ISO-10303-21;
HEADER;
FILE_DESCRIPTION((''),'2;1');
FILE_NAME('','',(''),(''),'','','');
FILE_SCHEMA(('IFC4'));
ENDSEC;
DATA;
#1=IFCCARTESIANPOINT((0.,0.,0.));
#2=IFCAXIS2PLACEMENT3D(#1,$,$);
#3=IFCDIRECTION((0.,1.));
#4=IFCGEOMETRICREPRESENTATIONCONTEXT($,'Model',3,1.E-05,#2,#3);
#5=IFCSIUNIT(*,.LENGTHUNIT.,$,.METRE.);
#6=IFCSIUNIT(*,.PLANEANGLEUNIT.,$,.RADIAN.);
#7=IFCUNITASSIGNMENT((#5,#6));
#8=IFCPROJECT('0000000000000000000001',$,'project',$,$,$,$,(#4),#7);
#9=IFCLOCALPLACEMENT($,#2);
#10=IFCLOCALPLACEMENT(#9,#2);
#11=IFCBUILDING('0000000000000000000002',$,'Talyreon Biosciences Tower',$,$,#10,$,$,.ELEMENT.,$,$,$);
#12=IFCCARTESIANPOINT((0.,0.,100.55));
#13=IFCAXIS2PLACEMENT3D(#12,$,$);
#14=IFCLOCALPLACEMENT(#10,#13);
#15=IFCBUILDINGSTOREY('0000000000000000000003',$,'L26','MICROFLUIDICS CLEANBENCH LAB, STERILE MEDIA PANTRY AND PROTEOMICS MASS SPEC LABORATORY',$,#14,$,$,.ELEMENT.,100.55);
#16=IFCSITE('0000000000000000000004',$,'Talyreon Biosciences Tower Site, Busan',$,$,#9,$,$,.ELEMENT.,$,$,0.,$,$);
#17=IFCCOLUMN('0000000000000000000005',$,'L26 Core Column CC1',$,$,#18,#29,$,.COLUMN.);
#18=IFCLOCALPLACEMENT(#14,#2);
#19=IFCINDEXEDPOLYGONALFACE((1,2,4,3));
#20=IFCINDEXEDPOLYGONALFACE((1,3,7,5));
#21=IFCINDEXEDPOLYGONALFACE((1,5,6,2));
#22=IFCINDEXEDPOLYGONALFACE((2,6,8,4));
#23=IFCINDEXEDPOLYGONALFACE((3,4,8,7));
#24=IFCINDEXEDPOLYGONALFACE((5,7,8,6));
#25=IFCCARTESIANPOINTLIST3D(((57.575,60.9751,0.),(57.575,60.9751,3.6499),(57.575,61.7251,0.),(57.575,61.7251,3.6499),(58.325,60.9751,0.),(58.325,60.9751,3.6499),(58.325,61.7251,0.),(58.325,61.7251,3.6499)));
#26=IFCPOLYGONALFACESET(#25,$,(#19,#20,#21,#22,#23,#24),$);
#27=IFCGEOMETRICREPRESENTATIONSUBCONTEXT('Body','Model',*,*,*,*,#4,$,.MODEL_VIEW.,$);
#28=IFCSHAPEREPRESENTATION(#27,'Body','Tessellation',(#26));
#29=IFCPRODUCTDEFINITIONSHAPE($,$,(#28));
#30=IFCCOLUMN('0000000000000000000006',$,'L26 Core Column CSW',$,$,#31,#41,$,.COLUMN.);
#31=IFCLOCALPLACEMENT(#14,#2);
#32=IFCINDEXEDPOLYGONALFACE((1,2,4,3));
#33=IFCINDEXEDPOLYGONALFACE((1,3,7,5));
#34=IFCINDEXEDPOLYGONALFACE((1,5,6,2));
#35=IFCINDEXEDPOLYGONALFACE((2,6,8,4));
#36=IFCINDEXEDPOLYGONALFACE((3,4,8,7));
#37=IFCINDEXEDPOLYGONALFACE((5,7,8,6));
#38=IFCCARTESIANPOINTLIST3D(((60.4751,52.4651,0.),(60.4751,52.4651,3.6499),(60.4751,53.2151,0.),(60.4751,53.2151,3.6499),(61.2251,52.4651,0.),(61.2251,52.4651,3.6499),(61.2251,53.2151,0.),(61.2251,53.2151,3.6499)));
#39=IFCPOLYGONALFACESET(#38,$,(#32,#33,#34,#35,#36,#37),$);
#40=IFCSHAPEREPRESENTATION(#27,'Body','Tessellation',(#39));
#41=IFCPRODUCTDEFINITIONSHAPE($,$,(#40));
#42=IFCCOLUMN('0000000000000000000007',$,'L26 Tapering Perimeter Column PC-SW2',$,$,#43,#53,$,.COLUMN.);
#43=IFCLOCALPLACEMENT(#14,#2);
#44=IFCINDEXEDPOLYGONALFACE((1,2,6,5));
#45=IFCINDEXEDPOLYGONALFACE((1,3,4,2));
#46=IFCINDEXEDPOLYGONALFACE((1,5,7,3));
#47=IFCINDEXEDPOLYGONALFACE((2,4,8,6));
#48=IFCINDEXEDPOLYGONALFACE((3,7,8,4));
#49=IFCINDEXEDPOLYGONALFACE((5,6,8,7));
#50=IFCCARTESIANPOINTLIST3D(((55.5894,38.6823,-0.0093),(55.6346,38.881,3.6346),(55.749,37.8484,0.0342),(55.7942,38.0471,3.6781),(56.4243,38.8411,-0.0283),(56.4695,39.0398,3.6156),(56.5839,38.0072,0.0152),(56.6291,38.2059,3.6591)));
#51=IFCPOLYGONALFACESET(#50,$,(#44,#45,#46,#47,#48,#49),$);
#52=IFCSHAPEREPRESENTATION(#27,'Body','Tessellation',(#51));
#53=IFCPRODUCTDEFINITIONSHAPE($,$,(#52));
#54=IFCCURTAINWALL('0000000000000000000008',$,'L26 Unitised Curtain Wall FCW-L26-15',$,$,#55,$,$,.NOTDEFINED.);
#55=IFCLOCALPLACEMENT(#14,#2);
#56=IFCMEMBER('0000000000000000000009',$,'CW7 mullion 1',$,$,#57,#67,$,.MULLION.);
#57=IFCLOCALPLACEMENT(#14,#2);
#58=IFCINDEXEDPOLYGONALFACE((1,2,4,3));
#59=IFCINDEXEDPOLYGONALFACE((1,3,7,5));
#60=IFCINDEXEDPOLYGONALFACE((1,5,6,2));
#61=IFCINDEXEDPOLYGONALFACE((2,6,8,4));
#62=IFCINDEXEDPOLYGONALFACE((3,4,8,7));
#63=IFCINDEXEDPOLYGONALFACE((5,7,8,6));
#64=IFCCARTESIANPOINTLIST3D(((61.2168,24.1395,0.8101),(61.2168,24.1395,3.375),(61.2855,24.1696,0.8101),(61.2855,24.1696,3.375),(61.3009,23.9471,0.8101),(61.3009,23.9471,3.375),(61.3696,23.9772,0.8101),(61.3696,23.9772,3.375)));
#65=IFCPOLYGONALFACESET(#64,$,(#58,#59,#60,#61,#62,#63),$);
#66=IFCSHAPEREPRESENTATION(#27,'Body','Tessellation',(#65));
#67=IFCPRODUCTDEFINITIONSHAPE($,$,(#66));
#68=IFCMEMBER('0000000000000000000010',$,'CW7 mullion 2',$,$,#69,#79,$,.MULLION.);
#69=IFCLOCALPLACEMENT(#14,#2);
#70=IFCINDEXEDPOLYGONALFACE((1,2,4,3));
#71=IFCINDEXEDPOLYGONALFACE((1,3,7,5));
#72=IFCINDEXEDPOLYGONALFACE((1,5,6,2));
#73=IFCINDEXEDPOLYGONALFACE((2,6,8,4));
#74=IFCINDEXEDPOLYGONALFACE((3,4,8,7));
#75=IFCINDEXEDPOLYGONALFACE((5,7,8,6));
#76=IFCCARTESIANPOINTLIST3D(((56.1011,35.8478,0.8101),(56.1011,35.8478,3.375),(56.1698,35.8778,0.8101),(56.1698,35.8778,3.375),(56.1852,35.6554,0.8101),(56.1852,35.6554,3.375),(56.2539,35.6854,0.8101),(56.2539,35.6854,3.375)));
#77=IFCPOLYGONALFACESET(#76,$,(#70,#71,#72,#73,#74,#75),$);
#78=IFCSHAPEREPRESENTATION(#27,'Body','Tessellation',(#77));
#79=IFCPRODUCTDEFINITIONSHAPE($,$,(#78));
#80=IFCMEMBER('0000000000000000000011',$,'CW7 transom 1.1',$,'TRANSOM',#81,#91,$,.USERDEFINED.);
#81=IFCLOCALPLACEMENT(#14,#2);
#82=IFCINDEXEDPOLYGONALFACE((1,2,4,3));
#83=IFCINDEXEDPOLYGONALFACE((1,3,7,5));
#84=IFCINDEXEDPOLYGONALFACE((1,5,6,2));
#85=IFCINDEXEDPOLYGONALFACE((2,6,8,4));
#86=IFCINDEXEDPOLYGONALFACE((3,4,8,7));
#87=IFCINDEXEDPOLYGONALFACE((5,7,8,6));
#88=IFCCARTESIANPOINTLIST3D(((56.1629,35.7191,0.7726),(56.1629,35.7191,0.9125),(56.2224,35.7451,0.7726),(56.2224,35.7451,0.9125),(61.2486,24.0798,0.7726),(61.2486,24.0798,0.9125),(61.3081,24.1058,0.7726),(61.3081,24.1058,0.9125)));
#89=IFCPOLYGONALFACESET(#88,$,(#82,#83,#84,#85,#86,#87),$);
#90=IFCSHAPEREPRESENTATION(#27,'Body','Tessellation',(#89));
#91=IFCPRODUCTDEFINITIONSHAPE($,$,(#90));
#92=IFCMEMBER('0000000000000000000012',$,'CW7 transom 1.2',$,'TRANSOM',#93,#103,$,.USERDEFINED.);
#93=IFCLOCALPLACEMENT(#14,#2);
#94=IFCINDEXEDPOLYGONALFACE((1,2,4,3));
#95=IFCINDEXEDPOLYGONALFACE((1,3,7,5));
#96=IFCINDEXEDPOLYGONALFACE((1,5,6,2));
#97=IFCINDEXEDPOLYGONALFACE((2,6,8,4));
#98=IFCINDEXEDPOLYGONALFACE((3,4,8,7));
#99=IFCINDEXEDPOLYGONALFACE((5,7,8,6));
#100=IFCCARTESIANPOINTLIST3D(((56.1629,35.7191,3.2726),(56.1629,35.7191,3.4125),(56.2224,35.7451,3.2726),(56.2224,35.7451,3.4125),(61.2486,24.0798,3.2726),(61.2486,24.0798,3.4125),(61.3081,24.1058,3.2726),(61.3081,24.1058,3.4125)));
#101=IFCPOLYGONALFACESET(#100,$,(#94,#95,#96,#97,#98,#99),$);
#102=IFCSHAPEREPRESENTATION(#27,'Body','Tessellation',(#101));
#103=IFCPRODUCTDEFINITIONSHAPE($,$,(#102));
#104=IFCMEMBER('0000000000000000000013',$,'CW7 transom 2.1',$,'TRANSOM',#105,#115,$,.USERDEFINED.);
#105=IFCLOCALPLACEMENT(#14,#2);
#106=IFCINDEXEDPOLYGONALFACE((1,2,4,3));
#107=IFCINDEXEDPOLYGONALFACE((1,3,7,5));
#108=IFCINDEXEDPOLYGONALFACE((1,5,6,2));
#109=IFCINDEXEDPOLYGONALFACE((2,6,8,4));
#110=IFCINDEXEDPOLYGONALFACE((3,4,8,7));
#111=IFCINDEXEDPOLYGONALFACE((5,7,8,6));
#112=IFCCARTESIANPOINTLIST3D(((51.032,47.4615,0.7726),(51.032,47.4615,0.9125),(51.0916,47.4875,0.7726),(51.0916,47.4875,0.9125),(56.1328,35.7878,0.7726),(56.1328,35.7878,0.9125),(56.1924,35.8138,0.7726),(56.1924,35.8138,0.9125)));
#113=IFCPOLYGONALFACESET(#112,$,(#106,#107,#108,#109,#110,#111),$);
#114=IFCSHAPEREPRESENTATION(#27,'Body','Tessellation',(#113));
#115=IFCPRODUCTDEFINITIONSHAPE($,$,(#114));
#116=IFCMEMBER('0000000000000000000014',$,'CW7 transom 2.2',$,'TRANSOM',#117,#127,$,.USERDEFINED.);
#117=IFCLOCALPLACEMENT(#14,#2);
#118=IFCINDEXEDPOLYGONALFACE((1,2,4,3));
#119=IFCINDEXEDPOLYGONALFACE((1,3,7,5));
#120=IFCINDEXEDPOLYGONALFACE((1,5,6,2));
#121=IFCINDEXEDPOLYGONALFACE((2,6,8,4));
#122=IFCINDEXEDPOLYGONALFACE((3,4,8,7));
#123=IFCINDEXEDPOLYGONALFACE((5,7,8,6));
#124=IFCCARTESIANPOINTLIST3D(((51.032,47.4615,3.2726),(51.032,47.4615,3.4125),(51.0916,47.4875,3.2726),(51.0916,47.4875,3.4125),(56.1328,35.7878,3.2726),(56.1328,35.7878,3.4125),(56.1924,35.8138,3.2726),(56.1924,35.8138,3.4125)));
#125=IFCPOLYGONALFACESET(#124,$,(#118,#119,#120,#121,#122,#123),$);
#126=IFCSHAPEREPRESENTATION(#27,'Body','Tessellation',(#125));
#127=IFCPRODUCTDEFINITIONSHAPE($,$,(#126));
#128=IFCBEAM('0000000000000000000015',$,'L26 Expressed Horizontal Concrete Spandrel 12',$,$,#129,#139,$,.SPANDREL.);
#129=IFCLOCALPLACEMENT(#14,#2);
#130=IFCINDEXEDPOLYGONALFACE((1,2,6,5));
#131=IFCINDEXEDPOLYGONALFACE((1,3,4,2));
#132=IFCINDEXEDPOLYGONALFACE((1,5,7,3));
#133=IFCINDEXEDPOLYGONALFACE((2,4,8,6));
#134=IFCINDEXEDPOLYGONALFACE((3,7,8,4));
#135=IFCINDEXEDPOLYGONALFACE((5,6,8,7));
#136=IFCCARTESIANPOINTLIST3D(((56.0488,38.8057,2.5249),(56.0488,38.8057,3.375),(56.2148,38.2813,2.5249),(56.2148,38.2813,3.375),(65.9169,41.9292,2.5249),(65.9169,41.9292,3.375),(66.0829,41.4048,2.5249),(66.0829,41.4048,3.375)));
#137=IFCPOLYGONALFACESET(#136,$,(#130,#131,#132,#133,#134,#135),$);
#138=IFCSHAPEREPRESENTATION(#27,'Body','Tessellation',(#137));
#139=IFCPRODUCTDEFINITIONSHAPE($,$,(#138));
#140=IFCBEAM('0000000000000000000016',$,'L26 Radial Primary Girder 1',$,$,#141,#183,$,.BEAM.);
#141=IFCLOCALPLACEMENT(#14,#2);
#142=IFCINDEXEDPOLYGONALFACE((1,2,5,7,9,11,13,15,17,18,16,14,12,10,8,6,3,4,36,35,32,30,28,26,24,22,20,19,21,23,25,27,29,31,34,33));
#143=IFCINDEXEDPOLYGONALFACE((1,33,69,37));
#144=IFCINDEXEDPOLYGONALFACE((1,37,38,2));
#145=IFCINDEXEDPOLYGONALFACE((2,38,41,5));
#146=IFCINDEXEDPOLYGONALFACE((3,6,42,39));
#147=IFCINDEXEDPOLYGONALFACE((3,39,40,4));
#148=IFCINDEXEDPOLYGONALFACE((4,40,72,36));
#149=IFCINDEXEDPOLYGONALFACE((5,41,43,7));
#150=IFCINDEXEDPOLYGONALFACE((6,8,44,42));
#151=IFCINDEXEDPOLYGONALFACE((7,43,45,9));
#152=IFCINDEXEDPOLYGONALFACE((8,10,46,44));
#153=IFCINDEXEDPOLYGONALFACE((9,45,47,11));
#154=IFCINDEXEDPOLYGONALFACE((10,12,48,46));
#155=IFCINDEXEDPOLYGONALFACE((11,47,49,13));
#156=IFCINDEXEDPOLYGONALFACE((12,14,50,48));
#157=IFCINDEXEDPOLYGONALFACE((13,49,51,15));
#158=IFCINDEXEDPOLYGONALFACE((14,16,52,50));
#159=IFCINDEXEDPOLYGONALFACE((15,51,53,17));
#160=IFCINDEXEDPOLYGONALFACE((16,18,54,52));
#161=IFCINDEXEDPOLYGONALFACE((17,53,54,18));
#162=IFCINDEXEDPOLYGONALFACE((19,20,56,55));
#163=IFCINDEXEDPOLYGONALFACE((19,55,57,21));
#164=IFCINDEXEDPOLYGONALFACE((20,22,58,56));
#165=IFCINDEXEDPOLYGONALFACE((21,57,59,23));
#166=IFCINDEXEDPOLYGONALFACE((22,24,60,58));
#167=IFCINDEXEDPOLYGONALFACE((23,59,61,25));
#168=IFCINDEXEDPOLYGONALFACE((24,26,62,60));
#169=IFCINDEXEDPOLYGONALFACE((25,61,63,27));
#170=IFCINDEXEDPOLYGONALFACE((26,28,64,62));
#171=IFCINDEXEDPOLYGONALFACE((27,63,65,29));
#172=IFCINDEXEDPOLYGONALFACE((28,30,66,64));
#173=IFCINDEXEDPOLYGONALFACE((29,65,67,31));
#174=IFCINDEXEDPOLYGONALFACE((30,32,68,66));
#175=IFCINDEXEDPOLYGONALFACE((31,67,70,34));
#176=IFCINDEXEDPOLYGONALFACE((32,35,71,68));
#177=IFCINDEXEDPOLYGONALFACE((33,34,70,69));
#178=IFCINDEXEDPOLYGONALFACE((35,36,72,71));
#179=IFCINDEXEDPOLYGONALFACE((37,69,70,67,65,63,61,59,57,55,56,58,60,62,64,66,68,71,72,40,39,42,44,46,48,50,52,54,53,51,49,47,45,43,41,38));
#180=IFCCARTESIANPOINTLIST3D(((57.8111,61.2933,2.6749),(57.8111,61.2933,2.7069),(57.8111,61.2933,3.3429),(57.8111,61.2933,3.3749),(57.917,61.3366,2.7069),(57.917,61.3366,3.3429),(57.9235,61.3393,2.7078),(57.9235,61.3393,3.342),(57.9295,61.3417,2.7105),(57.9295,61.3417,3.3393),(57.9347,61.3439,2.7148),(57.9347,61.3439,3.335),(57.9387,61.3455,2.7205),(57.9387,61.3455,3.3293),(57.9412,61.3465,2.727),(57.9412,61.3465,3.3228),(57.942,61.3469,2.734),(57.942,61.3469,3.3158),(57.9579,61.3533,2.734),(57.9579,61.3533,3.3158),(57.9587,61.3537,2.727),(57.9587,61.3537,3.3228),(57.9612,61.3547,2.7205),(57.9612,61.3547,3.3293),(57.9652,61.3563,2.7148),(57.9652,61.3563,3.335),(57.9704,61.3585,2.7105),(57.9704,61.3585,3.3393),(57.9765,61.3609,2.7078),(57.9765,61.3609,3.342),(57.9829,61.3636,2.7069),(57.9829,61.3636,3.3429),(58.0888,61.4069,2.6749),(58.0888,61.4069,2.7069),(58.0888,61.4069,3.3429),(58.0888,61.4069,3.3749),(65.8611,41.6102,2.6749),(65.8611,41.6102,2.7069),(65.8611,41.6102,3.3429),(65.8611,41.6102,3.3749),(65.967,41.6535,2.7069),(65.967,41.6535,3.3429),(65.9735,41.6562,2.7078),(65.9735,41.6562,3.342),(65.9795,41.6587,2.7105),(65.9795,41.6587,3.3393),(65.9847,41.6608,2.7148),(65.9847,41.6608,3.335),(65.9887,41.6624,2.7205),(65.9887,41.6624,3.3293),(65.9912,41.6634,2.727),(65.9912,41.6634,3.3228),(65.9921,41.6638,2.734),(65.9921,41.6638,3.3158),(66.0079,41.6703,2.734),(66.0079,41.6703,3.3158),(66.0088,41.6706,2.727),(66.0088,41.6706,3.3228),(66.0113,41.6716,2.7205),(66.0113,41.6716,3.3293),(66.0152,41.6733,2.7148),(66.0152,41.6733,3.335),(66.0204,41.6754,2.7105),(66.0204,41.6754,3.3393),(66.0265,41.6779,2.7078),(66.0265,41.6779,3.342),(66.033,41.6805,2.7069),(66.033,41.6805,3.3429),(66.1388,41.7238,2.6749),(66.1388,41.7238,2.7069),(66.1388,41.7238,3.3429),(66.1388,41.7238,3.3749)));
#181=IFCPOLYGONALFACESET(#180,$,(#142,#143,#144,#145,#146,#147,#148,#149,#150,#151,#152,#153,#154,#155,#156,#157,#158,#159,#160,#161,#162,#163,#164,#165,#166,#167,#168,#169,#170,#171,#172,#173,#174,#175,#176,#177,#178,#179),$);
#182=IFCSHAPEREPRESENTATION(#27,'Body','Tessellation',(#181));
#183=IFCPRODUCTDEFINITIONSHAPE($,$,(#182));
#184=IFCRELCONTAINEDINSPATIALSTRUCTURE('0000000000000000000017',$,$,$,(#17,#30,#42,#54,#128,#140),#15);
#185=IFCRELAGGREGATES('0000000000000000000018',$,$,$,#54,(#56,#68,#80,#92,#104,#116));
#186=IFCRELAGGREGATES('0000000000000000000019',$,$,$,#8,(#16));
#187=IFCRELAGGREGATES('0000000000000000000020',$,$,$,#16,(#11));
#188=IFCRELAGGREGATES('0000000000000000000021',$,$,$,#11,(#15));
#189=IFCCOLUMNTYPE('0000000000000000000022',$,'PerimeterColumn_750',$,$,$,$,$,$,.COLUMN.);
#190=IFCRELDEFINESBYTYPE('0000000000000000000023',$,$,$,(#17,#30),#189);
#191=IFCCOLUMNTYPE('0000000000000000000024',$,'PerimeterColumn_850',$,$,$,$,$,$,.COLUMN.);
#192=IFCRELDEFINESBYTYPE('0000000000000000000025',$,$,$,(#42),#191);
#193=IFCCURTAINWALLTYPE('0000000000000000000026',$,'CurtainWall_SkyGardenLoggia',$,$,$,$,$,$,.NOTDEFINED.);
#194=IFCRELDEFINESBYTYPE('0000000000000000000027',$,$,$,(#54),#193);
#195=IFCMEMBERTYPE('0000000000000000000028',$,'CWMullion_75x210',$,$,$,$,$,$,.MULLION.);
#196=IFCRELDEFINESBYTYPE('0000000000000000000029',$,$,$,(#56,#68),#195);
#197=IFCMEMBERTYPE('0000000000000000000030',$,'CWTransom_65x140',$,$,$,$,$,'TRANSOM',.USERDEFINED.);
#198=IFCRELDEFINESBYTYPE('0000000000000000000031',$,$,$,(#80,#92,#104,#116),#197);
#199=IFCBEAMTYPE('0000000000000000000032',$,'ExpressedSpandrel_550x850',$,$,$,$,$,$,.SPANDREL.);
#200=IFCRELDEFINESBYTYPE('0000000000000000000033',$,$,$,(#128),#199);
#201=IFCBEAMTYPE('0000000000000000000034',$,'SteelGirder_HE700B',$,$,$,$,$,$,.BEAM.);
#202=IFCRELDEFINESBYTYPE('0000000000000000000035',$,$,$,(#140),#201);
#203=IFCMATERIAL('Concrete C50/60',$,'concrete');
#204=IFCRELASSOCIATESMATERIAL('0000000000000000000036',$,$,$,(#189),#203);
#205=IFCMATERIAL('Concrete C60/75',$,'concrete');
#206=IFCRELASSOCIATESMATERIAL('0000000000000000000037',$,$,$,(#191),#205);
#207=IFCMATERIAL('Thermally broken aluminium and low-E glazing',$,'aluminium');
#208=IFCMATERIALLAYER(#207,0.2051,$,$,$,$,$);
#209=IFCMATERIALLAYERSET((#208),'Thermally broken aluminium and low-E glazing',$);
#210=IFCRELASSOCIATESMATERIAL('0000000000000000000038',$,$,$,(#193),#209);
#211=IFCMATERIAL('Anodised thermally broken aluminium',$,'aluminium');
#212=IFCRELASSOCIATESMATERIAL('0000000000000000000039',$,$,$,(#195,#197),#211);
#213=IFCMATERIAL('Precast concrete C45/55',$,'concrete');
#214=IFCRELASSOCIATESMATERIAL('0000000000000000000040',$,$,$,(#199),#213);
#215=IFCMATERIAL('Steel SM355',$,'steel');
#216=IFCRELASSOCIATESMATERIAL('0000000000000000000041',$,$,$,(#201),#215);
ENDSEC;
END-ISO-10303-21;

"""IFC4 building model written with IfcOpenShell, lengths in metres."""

from ifc_helpers import new_model, si_unit, direction, frame, origin, origin_2d, place, context, subcontext, project, spatial, rectangle, i_section, extrude, material, layer, layer_set, material_profile, profile_set, type_object, element, aggregate, save


model = new_model("IFC4")

# Units and contexts
model_context = context("Model", 3, precision=1e-05, world=origin(), true_north=direction((0.0, 1.0)))
body_context = subcontext(model_context, "Body", "Model", "MODEL_VIEW")
ifc_project = project(units=[si_unit("LENGTHUNIT", "METRE"), si_unit("PLANEANGLEUNIT", "RADIAN")], contexts=[model_context])

# Site, building, storey
site_placement = place(None, origin())
site = spatial("IfcSite", under=ifc_project, at=site_placement, Name="Talyreon Biosciences Tower Site, Busan", CompositionType="ELEMENT", RefElevation=0.0)
building_placement = place(site_placement, origin())
building = spatial("IfcBuilding", under=site, at=building_placement, Name="Talyreon Biosciences Tower", CompositionType="ELEMENT")
storey_placement = place(building_placement, frame((0.0, 0.0, 100.55)))
storey = spatial("IfcBuildingStorey", under=building, at=storey_placement, Name="L26", Description="MICROFLUIDICS CLEANBENCH LAB, STERILE MEDIA PANTRY AND PROTEOMICS MASS SPEC LABORATORY", CompositionType="ELEMENT", Elevation=100.55)

# Columns
ifc_material_1 = material(Name="Concrete C50/60", Category="concrete")
ifc_material_profile_1 = material_profile(ifc_material_1, rectangle(XDim=0.75, YDim=0.75, at=origin_2d()), Name="RC 750x750")
ifc_profile_set_1 = profile_set([ifc_material_profile_1], Name="Concrete C50/60")
column_type_1 = type_object("IfcColumnType", Name="PerimeterColumn_750", PredefinedType="COLUMN", material=ifc_profile_set_1)
for number, where, z_axis, x_axis, name in (
    (1, (57.95, 61.3501, 0.0), (0.0, 0.0, 1.0), (1.0, 0.0, 0.0), "L26 Core Column CC1"),
    (2, (60.8501, 52.8401, 0.0), (0.0, 0.0, 1.0), (1.0, 0.0, 0.0), "L26 Core Column CSW"),
):
    element("IfcColumn", number, at=place(storey_placement, frame(where, z_axis=z_axis, x_axis=x_axis)), inside=storey, type_object=column_type_1, Name=name, PredefinedType="COLUMN", context=body_context, shape_type="SweptSolid", body=[
        extrude(rectangle(XDim=0.75, YDim=0.75, at=origin_2d()), origin(), (0.0, 0.0, 1.0), 3.6499),
    ])
ifc_material_2 = material(Name="Concrete C60/75", Category="concrete")
ifc_material_profile_2 = material_profile(ifc_material_2, rectangle(XDim=0.8501, YDim=0.8501, at=origin_2d()), Name="RC 850x850")
ifc_profile_set_2 = profile_set([ifc_material_profile_2], Name="Concrete C60/75")
column_type_2 = type_object("IfcColumnType", Name="PerimeterColumn_850", PredefinedType="COLUMN", material=ifc_profile_set_2)
column_placement = place(storey_placement, frame((56.0867, 38.3447, 0.0029), z_axis=(0.012375, 0.054451, 0.99844), x_axis=(-0.187728, 0.980887, -0.051167)))
element("IfcColumn", 3, at=column_placement, inside=storey, type_object=column_type_2, Name="L26 Tapering Perimeter Column PC-SW2", PredefinedType="COLUMN", context=body_context, shape_type="SweptSolid", body=[
    extrude(rectangle(XDim=0.8501, YDim=0.8501, at=origin_2d()), origin(), (0.0, 0.0, 1.0), 3.6497),
])

# Curtain wall, members
ifc_material_3 = material(Name="Thermally broken aluminium and low-E glazing", Category="aluminium")
ifc_layer_1 = layer(ifc_material_3, 0.2051)
ifc_layer_set_1 = layer_set([ifc_layer_1], Name="Thermally broken aluminium and low-E glazing")
curtain_wall_type = type_object("IfcCurtainWallType", Name="CurtainWall_SkyGardenLoggia", PredefinedType="NOTDEFINED", material=ifc_layer_set_1)
curtain_wall_placement = place(storey_placement, origin())
curtain_wall = element("IfcCurtainWall", 4, at=curtain_wall_placement, inside=storey, type_object=curtain_wall_type, Name="L26 Unitised Curtain Wall FCW-L26-15", PredefinedType="NOTDEFINED")
ifc_material_4 = material(Name="Anodised thermally broken aluminium", Category="aluminium")
ifc_material_profile_3 = material_profile(ifc_material_4, rectangle(XDim=0.075, YDim=0.21, at=origin_2d()), Name="ALUM MULLION 75x210")
ifc_profile_set_3 = profile_set([ifc_material_profile_3], Name="Anodised thermally broken aluminium")
member_type_1 = type_object("IfcMemberType", Name="CWMullion_75x210", PredefinedType="MULLION", material=ifc_profile_set_3)
member_1_placement = place(storey_placement, frame((61.2932, 24.0583, 0.8101), z_axis=(0.0, 0.0, 1.0), x_axis=(-0.916346, -0.400387, 0.0)))
member_1 = element("IfcMember", 5, at=member_1_placement, type_object=member_type_1, Name="CW7 mullion 1", PredefinedType="MULLION", context=body_context, shape_type="SweptSolid", body=[
    extrude(rectangle(XDim=0.075, YDim=0.21, at=origin_2d()), origin(), (0.0, 0.0, 1.0), 2.5649),
])
member_2_placement = place(storey_placement, frame((56.1775, 35.7666, 0.8101), z_axis=(0.0, 0.0, 1.0), x_axis=(-0.916346, -0.400387, 0.0)))
member_2 = element("IfcMember", 6, at=member_2_placement, type_object=member_type_1, Name="CW7 mullion 2", PredefinedType="MULLION", context=body_context, shape_type="SweptSolid", body=[
    extrude(rectangle(XDim=0.075, YDim=0.21, at=origin_2d()), origin(), (0.0, 0.0, 1.0), 2.5649),
])
ifc_material_profile_4 = material_profile(ifc_material_4, rectangle(XDim=0.0649, YDim=0.1399, at=origin_2d()), Name="ALUM TRANSOM 65x140")
ifc_profile_set_4 = profile_set([ifc_material_profile_4], Name="Anodised thermally broken aluminium")
member_type_2 = type_object("IfcMemberType", Name="CWTransom_65x140", ElementType="TRANSOM", PredefinedType="USERDEFINED", material=ifc_profile_set_4)
member_3_placement = place(storey_placement, frame((61.2783, 24.0928, 0.8425), z_axis=(-0.400386, 0.916346, 0.0), x_axis=(-0.916346, -0.400386, 0.0)))
member_3 = element("IfcMember", 7, at=member_3_placement, type_object=member_type_2, Name="CW7 transom 1.1", ObjectType="TRANSOM", PredefinedType="USERDEFINED", context=body_context, shape_type="SweptSolid", body=[
    extrude(rectangle(XDim=0.0649, YDim=0.1399, at=origin_2d()), origin(), (0.0, 0.0, 1.0), 12.7019),
])
member_4_placement = place(storey_placement, frame((61.2783, 24.0928, 3.3425), z_axis=(-0.400386, 0.916346, 0.0), x_axis=(-0.916346, -0.400386, 0.0)))
member_4 = element("IfcMember", 8, at=member_4_placement, type_object=member_type_2, Name="CW7 transom 1.2", ObjectType="TRANSOM", PredefinedType="USERDEFINED", context=body_context, shape_type="SweptSolid", body=[
    extrude(rectangle(XDim=0.0649, YDim=0.1399, at=origin_2d()), origin(), (0.0, 0.0, 1.0), 12.7019),
])
member_5_placement = place(storey_placement, frame((56.1626, 35.8008, 0.8425), z_axis=(-0.400393, 0.916344, 0.0), x_axis=(-0.916344, -0.400393, 0.0)))
member_5 = element("IfcMember", 9, at=member_5_placement, type_object=member_type_2, Name="CW7 transom 2.1", ObjectType="TRANSOM", PredefinedType="USERDEFINED", context=body_context, shape_type="SweptSolid", body=[
    extrude(rectangle(XDim=0.0649, YDim=0.1399, at=origin_2d()), origin(), (0.0, 0.0, 1.0), 12.7395),
])
member_6_placement = place(storey_placement, frame((56.1626, 35.8008, 3.3425), z_axis=(-0.400393, 0.916344, 0.0), x_axis=(-0.916344, -0.400393, 0.0)))
member_6 = element("IfcMember", 10, at=member_6_placement, type_object=member_type_2, Name="CW7 transom 2.2", ObjectType="TRANSOM", PredefinedType="USERDEFINED", context=body_context, shape_type="SweptSolid", body=[
    extrude(rectangle(XDim=0.0649, YDim=0.1399, at=origin_2d()), origin(), (0.0, 0.0, 1.0), 12.7395),
])

# Beams
ifc_material_5 = material(Name="Precast concrete C45/55", Category="concrete")
ifc_material_profile_5 = material_profile(ifc_material_5, rectangle(XDim=0.55, YDim=0.8501, at=origin_2d()), Name="RCB 550x850")
ifc_profile_set_5 = profile_set([ifc_material_profile_5], Name="Precast concrete C45/55")
beam_type_1 = type_object("IfcBeamType", Name="ExpressedSpandrel_550x850", PredefinedType="SPANDREL", material=ifc_profile_set_5)
beam_1_placement = place(storey_placement, frame((56.1318, 38.5435, 2.95), z_axis=(0.953381, 0.30177, 0.0), x_axis=(-0.30177, 0.953381, 0.0)))
element("IfcBeam", 11, at=beam_1_placement, inside=storey, type_object=beam_type_1, Name="L26 Expressed Horizontal Concrete Spandrel 12", PredefinedType="SPANDREL", context=body_context, shape_type="SweptSolid", body=[
    extrude(rectangle(XDim=0.55, YDim=0.8501, at=origin_2d()), origin(), (0.0, 0.0, 1.0), 10.3506),
])
ifc_material_6 = material(Name="Steel SM355", Category="steel")
ifc_material_profile_6 = material_profile(ifc_material_6, i_section(OverallWidth=0.3, OverallDepth=0.7, WebThickness=0.0171, FlangeThickness=0.032, FilletRadius=0.0271, at=origin_2d()), Name="HE700B")
ifc_profile_set_6 = profile_set([ifc_material_profile_6], Name="Steel SM355")
beam_type_2 = type_object("IfcBeamType", Name="SteelGirder_HE700B", PredefinedType="BEAM", material=ifc_profile_set_6)
beam_2_placement = place(storey_placement, frame((57.95, 61.3501, 3.0249), z_axis=(0.378547, -0.925582, 0.0), x_axis=(0.925582, 0.378547, 0.0)))
element("IfcBeam", 12, at=beam_2_placement, inside=storey, type_object=beam_type_2, Name="L26 Radial Primary Girder 1", PredefinedType="BEAM", context=body_context, shape_type="SweptSolid", body=[
    extrude(i_section(OverallWidth=0.3, OverallDepth=0.7, WebThickness=0.0171, FlangeThickness=0.032, FilletRadius=0.0271, at=origin_2d()), origin(), (0.0, 0.0, 1.0), 21.2656),
])

aggregate(curtain_wall, [member_1, member_2, member_3, member_4, member_5, member_6])

save(model, "model.ifc")
